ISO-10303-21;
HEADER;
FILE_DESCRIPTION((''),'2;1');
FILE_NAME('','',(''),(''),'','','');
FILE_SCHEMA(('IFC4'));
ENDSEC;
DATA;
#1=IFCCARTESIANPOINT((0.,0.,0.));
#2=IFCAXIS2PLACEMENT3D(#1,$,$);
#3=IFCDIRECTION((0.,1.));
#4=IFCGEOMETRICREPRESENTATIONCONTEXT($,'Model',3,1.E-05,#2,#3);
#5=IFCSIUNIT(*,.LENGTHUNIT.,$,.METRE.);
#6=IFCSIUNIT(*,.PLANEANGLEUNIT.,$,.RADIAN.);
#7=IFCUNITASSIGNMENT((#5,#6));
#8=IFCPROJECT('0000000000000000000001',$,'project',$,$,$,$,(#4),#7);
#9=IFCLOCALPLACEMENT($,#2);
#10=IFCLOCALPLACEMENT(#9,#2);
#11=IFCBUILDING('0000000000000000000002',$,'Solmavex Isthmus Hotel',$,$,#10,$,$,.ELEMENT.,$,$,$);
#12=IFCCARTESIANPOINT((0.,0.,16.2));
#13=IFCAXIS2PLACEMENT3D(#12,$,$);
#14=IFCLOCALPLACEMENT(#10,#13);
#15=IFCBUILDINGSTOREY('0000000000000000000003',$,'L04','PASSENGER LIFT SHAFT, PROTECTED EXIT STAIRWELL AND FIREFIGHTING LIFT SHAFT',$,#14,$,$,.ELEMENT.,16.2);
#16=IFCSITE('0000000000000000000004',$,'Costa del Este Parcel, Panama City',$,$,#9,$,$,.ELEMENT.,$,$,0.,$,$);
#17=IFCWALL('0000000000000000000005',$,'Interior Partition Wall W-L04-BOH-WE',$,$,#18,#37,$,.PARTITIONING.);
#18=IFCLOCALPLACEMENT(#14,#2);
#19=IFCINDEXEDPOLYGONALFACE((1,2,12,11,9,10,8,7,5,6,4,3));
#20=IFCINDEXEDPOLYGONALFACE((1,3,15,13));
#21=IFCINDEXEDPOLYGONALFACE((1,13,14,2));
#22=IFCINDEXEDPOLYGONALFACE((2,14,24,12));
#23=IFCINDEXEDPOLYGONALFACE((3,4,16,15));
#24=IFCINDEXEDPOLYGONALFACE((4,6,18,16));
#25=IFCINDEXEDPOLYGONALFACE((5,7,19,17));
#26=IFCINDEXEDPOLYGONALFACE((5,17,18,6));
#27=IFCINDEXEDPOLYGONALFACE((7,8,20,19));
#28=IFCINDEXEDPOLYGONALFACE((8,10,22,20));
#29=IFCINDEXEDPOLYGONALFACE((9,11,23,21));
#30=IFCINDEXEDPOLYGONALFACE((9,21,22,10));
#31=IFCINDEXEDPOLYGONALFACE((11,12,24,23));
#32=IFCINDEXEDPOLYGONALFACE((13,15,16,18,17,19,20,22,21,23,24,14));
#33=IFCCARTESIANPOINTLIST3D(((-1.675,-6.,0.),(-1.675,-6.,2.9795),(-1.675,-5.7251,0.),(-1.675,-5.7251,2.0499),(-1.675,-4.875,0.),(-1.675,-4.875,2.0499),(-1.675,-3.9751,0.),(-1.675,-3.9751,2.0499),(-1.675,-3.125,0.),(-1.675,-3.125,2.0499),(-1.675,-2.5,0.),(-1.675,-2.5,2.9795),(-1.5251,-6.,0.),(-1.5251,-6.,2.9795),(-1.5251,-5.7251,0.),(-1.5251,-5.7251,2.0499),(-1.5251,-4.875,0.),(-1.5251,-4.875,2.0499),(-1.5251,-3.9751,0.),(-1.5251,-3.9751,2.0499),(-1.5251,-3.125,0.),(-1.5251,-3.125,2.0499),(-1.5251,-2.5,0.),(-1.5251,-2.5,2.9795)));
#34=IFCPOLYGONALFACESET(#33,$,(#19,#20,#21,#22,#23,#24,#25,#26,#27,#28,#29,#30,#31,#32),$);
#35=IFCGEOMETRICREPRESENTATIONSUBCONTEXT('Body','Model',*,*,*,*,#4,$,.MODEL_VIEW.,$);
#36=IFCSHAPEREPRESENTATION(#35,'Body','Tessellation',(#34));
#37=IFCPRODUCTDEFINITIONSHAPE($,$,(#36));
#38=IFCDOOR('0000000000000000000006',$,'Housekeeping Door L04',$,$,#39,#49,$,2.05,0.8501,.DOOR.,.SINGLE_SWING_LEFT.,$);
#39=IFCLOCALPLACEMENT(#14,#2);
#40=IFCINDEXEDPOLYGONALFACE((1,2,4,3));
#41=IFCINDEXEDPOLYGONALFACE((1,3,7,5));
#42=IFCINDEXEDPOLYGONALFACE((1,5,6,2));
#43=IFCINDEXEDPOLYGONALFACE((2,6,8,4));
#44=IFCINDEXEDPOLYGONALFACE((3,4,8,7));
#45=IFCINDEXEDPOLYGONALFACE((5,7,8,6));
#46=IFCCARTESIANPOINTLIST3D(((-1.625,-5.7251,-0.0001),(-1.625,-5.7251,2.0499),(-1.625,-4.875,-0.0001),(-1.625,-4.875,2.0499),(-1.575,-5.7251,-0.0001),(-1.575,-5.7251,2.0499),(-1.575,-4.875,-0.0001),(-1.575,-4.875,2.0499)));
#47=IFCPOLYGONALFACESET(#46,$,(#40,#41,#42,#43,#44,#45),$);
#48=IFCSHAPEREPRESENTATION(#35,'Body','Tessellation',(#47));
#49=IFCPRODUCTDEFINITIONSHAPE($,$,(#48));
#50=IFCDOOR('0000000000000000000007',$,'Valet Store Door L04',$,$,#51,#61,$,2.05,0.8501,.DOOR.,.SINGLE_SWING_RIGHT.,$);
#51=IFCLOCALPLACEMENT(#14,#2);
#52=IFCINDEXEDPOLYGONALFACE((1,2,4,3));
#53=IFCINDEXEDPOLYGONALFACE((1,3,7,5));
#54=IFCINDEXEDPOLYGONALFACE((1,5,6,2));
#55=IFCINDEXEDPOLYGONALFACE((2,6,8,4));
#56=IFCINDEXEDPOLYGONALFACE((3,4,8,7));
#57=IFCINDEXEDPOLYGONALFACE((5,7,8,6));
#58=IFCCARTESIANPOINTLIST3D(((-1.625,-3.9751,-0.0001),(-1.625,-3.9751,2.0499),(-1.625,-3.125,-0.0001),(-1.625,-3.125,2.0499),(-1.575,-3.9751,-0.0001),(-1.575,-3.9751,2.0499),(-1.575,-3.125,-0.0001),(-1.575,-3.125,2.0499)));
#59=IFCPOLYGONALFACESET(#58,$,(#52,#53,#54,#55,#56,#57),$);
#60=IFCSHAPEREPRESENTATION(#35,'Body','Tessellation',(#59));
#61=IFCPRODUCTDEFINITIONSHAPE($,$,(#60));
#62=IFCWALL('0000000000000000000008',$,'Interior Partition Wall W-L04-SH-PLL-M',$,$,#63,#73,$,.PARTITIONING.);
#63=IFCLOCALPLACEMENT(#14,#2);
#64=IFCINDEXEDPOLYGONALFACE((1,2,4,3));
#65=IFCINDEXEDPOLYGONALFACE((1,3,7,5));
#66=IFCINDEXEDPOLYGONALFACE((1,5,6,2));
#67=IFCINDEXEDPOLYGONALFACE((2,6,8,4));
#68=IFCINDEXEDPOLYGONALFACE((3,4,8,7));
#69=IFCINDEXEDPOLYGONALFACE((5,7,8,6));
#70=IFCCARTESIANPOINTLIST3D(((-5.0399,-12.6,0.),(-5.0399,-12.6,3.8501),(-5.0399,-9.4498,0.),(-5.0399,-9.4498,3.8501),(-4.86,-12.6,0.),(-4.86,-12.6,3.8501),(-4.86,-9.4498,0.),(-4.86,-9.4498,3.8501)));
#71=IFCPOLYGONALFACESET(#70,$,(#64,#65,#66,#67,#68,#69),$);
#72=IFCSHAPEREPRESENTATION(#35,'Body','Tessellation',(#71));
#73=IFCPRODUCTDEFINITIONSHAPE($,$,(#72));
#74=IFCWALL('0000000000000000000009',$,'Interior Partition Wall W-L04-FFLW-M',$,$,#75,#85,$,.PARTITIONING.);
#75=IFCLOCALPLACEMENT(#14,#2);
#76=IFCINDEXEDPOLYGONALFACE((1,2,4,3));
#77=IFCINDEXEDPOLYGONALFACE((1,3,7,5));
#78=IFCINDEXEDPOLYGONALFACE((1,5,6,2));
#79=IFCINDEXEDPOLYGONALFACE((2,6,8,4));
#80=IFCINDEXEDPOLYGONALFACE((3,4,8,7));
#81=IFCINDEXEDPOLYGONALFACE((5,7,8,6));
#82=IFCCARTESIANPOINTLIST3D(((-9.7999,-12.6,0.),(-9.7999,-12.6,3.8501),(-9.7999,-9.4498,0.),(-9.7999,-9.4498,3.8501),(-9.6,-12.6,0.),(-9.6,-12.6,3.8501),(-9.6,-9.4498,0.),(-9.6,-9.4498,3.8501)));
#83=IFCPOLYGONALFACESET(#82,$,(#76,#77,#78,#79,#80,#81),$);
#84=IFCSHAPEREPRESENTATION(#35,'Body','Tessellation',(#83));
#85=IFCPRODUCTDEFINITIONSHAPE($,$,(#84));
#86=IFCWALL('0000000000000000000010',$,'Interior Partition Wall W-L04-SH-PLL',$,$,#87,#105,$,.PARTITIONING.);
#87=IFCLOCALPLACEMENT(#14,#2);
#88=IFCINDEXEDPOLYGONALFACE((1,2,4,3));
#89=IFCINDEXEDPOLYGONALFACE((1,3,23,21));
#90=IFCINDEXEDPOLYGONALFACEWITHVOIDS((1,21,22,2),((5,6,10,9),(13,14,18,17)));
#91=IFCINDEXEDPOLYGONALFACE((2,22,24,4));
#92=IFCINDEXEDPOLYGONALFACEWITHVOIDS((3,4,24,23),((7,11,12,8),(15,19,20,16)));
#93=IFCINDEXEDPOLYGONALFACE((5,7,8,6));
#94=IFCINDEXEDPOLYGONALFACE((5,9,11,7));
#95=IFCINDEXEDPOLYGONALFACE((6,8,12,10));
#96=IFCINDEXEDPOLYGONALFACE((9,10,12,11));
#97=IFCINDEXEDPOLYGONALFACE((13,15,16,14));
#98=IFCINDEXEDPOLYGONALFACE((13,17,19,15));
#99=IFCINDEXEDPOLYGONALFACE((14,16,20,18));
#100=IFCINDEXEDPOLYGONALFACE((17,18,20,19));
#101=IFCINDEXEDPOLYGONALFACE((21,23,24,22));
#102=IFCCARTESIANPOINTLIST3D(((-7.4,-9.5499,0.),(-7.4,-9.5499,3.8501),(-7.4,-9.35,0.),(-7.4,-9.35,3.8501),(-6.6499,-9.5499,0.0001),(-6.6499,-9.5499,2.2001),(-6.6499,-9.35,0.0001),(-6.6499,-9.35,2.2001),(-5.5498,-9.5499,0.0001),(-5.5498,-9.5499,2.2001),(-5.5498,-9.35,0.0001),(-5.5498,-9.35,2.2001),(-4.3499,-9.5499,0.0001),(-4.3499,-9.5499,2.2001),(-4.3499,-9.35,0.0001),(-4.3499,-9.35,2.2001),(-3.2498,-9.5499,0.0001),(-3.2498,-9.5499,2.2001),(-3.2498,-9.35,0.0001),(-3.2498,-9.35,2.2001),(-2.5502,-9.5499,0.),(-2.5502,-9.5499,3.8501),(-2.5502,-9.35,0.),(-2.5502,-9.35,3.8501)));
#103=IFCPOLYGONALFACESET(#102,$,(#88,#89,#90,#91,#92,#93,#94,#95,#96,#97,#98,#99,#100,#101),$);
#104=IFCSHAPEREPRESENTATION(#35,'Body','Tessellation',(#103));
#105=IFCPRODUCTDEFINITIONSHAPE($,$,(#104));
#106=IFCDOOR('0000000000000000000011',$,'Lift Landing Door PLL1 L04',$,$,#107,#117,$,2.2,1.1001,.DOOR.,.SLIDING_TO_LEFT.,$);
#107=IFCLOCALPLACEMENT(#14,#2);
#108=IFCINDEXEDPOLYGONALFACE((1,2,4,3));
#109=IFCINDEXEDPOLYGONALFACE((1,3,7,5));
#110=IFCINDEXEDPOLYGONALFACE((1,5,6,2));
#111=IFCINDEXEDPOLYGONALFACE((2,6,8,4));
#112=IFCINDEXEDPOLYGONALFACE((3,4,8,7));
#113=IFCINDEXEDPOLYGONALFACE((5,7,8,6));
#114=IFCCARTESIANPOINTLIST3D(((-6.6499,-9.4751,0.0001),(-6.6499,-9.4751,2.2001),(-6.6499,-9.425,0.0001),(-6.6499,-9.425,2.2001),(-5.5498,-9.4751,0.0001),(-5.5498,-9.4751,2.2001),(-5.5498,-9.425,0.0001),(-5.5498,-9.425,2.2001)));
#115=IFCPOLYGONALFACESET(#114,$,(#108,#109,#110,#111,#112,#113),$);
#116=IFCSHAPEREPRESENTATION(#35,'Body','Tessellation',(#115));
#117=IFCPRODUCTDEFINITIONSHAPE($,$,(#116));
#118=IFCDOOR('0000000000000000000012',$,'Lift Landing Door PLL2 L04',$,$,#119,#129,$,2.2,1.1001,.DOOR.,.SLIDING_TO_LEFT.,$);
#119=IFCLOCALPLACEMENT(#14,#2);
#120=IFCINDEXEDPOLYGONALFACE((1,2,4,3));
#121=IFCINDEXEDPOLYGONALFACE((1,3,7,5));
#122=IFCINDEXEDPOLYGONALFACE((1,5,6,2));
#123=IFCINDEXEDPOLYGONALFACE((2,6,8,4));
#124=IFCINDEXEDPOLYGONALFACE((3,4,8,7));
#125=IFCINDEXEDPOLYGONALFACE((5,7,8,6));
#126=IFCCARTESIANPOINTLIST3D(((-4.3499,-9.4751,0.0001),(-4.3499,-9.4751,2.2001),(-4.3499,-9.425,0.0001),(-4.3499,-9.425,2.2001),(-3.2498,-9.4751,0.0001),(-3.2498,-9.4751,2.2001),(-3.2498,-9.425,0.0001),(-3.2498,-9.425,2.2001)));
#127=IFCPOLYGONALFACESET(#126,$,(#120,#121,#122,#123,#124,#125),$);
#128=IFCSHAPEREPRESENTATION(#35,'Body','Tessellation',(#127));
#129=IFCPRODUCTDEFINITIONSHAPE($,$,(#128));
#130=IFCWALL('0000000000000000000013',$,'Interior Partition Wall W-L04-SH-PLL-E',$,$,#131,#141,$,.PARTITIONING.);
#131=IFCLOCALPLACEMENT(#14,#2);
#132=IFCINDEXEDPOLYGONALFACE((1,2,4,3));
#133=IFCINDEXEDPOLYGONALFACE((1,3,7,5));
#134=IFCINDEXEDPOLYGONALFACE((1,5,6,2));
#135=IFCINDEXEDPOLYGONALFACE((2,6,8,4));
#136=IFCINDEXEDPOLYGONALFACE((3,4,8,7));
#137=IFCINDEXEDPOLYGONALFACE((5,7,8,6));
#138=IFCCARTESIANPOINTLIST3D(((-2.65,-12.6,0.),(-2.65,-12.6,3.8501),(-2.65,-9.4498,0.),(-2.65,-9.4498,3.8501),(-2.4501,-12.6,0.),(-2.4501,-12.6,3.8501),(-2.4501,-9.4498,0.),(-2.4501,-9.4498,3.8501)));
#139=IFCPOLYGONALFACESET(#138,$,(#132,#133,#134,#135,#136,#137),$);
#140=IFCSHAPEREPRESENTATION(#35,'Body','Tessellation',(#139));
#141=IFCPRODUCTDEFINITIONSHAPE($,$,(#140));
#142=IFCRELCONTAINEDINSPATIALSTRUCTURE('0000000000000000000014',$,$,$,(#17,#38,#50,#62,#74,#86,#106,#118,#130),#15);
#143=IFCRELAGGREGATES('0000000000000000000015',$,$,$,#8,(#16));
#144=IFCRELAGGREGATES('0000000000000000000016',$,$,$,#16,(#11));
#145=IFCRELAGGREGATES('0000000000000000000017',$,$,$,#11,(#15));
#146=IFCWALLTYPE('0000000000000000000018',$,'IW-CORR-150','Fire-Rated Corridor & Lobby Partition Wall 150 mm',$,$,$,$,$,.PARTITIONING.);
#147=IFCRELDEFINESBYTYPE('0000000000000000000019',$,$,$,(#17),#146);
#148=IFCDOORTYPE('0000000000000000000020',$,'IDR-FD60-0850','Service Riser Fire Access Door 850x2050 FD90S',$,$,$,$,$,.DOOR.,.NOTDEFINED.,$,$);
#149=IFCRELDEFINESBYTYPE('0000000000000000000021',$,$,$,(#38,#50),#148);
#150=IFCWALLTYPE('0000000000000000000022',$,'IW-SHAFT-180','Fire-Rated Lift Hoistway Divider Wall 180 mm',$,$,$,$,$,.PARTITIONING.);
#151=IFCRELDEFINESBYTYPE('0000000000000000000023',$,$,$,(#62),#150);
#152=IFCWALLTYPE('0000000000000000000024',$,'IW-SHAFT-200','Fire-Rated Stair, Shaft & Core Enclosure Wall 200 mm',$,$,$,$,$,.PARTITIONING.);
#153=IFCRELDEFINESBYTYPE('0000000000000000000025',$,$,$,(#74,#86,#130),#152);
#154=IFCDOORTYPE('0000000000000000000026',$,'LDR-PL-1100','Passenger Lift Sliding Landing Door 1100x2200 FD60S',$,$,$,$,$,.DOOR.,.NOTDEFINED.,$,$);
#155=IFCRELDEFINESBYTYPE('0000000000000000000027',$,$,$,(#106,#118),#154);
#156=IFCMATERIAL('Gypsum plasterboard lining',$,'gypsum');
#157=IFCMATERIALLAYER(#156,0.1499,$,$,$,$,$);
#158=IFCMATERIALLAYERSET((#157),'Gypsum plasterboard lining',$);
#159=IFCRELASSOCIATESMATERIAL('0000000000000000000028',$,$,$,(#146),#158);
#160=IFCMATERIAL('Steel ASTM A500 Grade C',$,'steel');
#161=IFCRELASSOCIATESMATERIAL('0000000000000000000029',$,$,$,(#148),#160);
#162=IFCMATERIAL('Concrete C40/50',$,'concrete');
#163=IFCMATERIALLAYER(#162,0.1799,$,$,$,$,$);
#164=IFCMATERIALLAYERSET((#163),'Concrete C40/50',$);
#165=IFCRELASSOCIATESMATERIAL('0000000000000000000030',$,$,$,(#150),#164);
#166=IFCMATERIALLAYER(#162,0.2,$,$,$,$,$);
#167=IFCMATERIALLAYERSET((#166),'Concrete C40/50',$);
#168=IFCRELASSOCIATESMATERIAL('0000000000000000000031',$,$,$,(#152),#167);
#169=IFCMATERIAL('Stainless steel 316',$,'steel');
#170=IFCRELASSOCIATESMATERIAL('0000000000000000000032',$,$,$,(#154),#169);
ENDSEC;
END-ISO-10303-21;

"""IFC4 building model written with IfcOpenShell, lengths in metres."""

from ifc_helpers import new_model, si_unit, direction, frame, frame_2d, origin, place, context, subcontext, project, spatial, rectangle, extrude, material, layer, layer_set, type_object, element, fill, save


model = new_model("IFC4")

# Units and contexts
model_context = context("Model", 3, precision=1e-05, world=origin(), true_north=direction((0.0, 1.0)))
body_context = subcontext(model_context, "Body", "Model", "MODEL_VIEW")
ifc_project = project(units=[si_unit("LENGTHUNIT", "METRE"), si_unit("PLANEANGLEUNIT", "RADIAN")], contexts=[model_context])

# Site, building, storey
site_placement = place(None, origin())
site = spatial("IfcSite", under=ifc_project, at=site_placement, Name="Costa del Este Parcel, Panama City", CompositionType="ELEMENT", RefElevation=0.0)
building_placement = place(site_placement, origin())
building = spatial("IfcBuilding", under=site, at=building_placement, Name="Solmavex Isthmus Hotel", CompositionType="ELEMENT")
storey_placement = place(building_placement, frame((0.0, 0.0, 16.2)))
storey = spatial("IfcBuildingStorey", under=building, at=storey_placement, Name="L04", Description="PASSENGER LIFT SHAFT, PROTECTED EXIT STAIRWELL AND FIREFIGHTING LIFT SHAFT", CompositionType="ELEMENT", Elevation=16.2)

# Shared definitions
ifc_material_1 = material(Name="Gypsum plasterboard lining", Category="gypsum")
ifc_layer_1 = layer(ifc_material_1, 0.1499)
ifc_layer_set_1 = layer_set([ifc_layer_1], Name="Gypsum plasterboard lining")
wall_type_1 = type_object("IfcWallType", Name="IW-CORR-150", Description="Fire-Rated Corridor & Lobby Partition Wall 150 mm", PredefinedType="PARTITIONING", material=ifc_layer_set_1)

# Wall, openings, doors
wall_1_placement = place(storey_placement, frame((-1.6001, -6.0, 0.0), z_axis=(0.0, 0.0, 1.0), x_axis=(0.0, 1.0, 0.0)))
wall_1 = element("IfcWall", 1, at=wall_1_placement, inside=storey, type_object=wall_type_1, Name="Interior Partition Wall W-L04-BOH-WE", PredefinedType="PARTITIONING", context=body_context, shape_type="SweptSolid", body=[
    extrude(rectangle(XDim=3.5, YDim=0.1499, at=frame_2d((1.75, 0.0))), origin(), (0.0, 0.0, 1.0), 2.9795),
])
opening_1_placement = place(wall_1_placement, frame((0.2749, 0.0, 0.0)))
opening_1 = element("IfcOpeningElement", 2, at=opening_1_placement, cuts=wall_1, PredefinedType="OPENING", context=body_context, shape_type="SweptSolid", body=[
    extrude(rectangle(XDim=0.8501, YDim=2.05, at=frame_2d((0.425, 1.0249))), frame((0.0, 0.085, 0.0), z_axis=(0.0, -1.0, 0.0), x_axis=(1.0, 0.0, 0.0)), (0.0, 0.0, 1.0), 0.1699),
])
opening_2_placement = place(wall_1_placement, frame((2.0249, 0.0, 0.0)))
opening_2 = element("IfcOpeningElement", 3, at=opening_2_placement, cuts=wall_1, PredefinedType="OPENING", context=body_context, shape_type="SweptSolid", body=[
    extrude(rectangle(XDim=0.8501, YDim=2.05, at=frame_2d((0.425, 1.0249))), frame((0.0, 0.085, 0.0), z_axis=(0.0, -1.0, 0.0), x_axis=(1.0, 0.0, 0.0)), (0.0, 0.0, 1.0), 0.1699),
])
ifc_material_2 = material(Name="Steel ASTM A500 Grade C", Category="steel")
door_type_1 = type_object("IfcDoorType", Name="IDR-FD60-0850", Description="Service Riser Fire Access Door 850x2050 FD90S", OperationType="NOTDEFINED", PredefinedType="DOOR", material=ifc_material_2)
door_1_placement = place(opening_1_placement, origin())
door_1 = element("IfcDoor", 4, at=door_1_placement, inside=storey, type_object=door_type_1, Name="Housekeeping Door L04", OperationType="SINGLE_SWING_LEFT", OverallHeight=2.05, OverallWidth=0.8501, PredefinedType="DOOR", context=body_context, shape_type="SweptSolid", body=[
    extrude(rectangle(XDim=0.8501, YDim=2.05, at=frame_2d((0.425, 1.0249))), frame((0.0, 0.0249, 0.0), z_axis=(0.0, -1.0, 0.0), x_axis=(1.0, 0.0, 0.0)), (0.0, 0.0, 1.0), 0.05),
])
fill(opening_1, door_1)
door_2_placement = place(opening_2_placement, origin())
door_2 = element("IfcDoor", 5, at=door_2_placement, inside=storey, type_object=door_type_1, Name="Valet Store Door L04", OperationType="SINGLE_SWING_RIGHT", OverallHeight=2.05, OverallWidth=0.8501, PredefinedType="DOOR", context=body_context, shape_type="SweptSolid", body=[
    extrude(rectangle(XDim=0.8501, YDim=2.05, at=frame_2d((0.425, 1.0249))), frame((0.0, 0.0249, 0.0), z_axis=(0.0, -1.0, 0.0), x_axis=(1.0, 0.0, 0.0)), (0.0, 0.0, 1.0), 0.05),
])
fill(opening_2, door_2)

# Walls
ifc_material_3 = material(Name="Concrete C40/50", Category="concrete")
ifc_layer_2 = layer(ifc_material_3, 0.1799)
ifc_layer_set_2 = layer_set([ifc_layer_2], Name="Concrete C40/50")
wall_type_2 = type_object("IfcWallType", Name="IW-SHAFT-180", Description="Fire-Rated Lift Hoistway Divider Wall 180 mm", PredefinedType="PARTITIONING", material=ifc_layer_set_2)
wall_2_placement = place(storey_placement, frame((-4.95, -12.6001, 0.0), z_axis=(0.0, 0.0, 1.0), x_axis=(0.0, 1.0, 0.0)))
element("IfcWall", 6, at=wall_2_placement, inside=storey, type_object=wall_type_2, Name="Interior Partition Wall W-L04-SH-PLL-M", PredefinedType="PARTITIONING", context=body_context, shape_type="SweptSolid", body=[
    extrude(rectangle(XDim=3.1501, YDim=0.1799, at=frame_2d((1.5752, 0.0))), origin(), (0.0, 0.0, 1.0), 3.8501),
])
ifc_layer_3 = layer(ifc_material_3, 0.2)
ifc_layer_set_3 = layer_set([ifc_layer_3], Name="Concrete C40/50")
wall_type_3 = type_object("IfcWallType", Name="IW-SHAFT-200", Description="Fire-Rated Stair, Shaft & Core Enclosure Wall 200 mm", PredefinedType="PARTITIONING", material=ifc_layer_set_3)
wall_3_placement = place(storey_placement, frame((-9.7, -12.6001, 0.0), z_axis=(0.0, 0.0, 1.0), x_axis=(0.0, 1.0, 0.0)))
element("IfcWall", 7, at=wall_3_placement, inside=storey, type_object=wall_type_3, Name="Interior Partition Wall W-L04-FFLW-M", PredefinedType="PARTITIONING", context=body_context, shape_type="SweptSolid", body=[
    extrude(rectangle(XDim=3.1501, YDim=0.2, at=frame_2d((1.5752, 0.0))), origin(), (0.0, 0.0, 1.0), 3.8501),
])

# Wall, openings, doors
wall_4_placement = place(storey_placement, frame((-7.3999, -9.45, 0.0), z_axis=(0.0, 0.0, 1.0), x_axis=(1.0, 0.0, 0.0)))
wall_4 = element("IfcWall", 8, at=wall_4_placement, inside=storey, type_object=wall_type_3, Name="Interior Partition Wall W-L04-SH-PLL", PredefinedType="PARTITIONING", context=body_context, shape_type="SweptSolid", body=[
    extrude(rectangle(XDim=4.8499, YDim=0.2, at=frame_2d((2.4248, 0.0))), origin(), (0.0, 0.0, 1.0), 3.8501),
])
opening_3_placement = place(wall_4_placement, frame((0.75, 0.0, 0.0)))
opening_3 = element("IfcOpeningElement", 9, at=opening_3_placement, cuts=wall_4, PredefinedType="OPENING", context=body_context, shape_type="SweptSolid", body=[
    extrude(rectangle(XDim=1.1001, YDim=2.2, at=frame_2d((0.55, 1.1001))), frame((0.0, 0.1099, 0.0), z_axis=(0.0, -1.0, 0.0), x_axis=(1.0, 0.0, 0.0)), (0.0, 0.0, 1.0), 0.22),
])
opening_4_placement = place(wall_4_placement, frame((3.05, 0.0, 0.0)))
opening_4 = element("IfcOpeningElement", 10, at=opening_4_placement, cuts=wall_4, PredefinedType="OPENING", context=body_context, shape_type="SweptSolid", body=[
    extrude(rectangle(XDim=1.1001, YDim=2.2, at=frame_2d((0.55, 1.1001))), frame((0.0, 0.1099, 0.0), z_axis=(0.0, -1.0, 0.0), x_axis=(1.0, 0.0, 0.0)), (0.0, 0.0, 1.0), 0.22),
])
ifc_material_4 = material(Name="Stainless steel 316", Category="steel")
door_type_2 = type_object("IfcDoorType", Name="LDR-PL-1100", Description="Passenger Lift Sliding Landing Door 1100x2200 FD60S", OperationType="NOTDEFINED", PredefinedType="DOOR", material=ifc_material_4)
door_3_placement = place(opening_3_placement, origin())
door_3 = element("IfcDoor", 11, at=door_3_placement, inside=storey, type_object=door_type_2, Name="Lift Landing Door PLL1 L04", OperationType="SLIDING_TO_LEFT", OverallHeight=2.2, OverallWidth=1.1001, PredefinedType="DOOR", context=body_context, shape_type="SweptSolid", body=[
    extrude(rectangle(XDim=1.1001, YDim=2.2, at=frame_2d((0.55, 1.1001))), frame((0.0, 0.0249, 0.0), z_axis=(0.0, -1.0, 0.0), x_axis=(1.0, 0.0, 0.0)), (0.0, 0.0, 1.0), 0.05),
])
fill(opening_3, door_3)
door_4_placement = place(opening_4_placement, origin())
door_4 = element("IfcDoor", 12, at=door_4_placement, inside=storey, type_object=door_type_2, Name="Lift Landing Door PLL2 L04", OperationType="SLIDING_TO_LEFT", OverallHeight=2.2, OverallWidth=1.1001, PredefinedType="DOOR", context=body_context, shape_type="SweptSolid", body=[
    extrude(rectangle(XDim=1.1001, YDim=2.2, at=frame_2d((0.55, 1.1001))), frame((0.0, 0.0249, 0.0), z_axis=(0.0, -1.0, 0.0), x_axis=(1.0, 0.0, 0.0)), (0.0, 0.0, 1.0), 0.05),
])
fill(opening_4, door_4)

# Wall
wall_5_placement = place(storey_placement, frame((-2.55, -12.6001, 0.0), z_axis=(0.0, 0.0, 1.0), x_axis=(0.0, 1.0, 0.0)))
element("IfcWall", 13, at=wall_5_placement, inside=storey, type_object=wall_type_3, Name="Interior Partition Wall W-L04-SH-PLL-E", PredefinedType="PARTITIONING", context=body_context, shape_type="SweptSolid", body=[
    extrude(rectangle(XDim=3.1501, YDim=0.2, at=frame_2d((1.5752, 0.0))), origin(), (0.0, 0.0, 1.0), 3.8501),
])

save(model, "model.ifc")
